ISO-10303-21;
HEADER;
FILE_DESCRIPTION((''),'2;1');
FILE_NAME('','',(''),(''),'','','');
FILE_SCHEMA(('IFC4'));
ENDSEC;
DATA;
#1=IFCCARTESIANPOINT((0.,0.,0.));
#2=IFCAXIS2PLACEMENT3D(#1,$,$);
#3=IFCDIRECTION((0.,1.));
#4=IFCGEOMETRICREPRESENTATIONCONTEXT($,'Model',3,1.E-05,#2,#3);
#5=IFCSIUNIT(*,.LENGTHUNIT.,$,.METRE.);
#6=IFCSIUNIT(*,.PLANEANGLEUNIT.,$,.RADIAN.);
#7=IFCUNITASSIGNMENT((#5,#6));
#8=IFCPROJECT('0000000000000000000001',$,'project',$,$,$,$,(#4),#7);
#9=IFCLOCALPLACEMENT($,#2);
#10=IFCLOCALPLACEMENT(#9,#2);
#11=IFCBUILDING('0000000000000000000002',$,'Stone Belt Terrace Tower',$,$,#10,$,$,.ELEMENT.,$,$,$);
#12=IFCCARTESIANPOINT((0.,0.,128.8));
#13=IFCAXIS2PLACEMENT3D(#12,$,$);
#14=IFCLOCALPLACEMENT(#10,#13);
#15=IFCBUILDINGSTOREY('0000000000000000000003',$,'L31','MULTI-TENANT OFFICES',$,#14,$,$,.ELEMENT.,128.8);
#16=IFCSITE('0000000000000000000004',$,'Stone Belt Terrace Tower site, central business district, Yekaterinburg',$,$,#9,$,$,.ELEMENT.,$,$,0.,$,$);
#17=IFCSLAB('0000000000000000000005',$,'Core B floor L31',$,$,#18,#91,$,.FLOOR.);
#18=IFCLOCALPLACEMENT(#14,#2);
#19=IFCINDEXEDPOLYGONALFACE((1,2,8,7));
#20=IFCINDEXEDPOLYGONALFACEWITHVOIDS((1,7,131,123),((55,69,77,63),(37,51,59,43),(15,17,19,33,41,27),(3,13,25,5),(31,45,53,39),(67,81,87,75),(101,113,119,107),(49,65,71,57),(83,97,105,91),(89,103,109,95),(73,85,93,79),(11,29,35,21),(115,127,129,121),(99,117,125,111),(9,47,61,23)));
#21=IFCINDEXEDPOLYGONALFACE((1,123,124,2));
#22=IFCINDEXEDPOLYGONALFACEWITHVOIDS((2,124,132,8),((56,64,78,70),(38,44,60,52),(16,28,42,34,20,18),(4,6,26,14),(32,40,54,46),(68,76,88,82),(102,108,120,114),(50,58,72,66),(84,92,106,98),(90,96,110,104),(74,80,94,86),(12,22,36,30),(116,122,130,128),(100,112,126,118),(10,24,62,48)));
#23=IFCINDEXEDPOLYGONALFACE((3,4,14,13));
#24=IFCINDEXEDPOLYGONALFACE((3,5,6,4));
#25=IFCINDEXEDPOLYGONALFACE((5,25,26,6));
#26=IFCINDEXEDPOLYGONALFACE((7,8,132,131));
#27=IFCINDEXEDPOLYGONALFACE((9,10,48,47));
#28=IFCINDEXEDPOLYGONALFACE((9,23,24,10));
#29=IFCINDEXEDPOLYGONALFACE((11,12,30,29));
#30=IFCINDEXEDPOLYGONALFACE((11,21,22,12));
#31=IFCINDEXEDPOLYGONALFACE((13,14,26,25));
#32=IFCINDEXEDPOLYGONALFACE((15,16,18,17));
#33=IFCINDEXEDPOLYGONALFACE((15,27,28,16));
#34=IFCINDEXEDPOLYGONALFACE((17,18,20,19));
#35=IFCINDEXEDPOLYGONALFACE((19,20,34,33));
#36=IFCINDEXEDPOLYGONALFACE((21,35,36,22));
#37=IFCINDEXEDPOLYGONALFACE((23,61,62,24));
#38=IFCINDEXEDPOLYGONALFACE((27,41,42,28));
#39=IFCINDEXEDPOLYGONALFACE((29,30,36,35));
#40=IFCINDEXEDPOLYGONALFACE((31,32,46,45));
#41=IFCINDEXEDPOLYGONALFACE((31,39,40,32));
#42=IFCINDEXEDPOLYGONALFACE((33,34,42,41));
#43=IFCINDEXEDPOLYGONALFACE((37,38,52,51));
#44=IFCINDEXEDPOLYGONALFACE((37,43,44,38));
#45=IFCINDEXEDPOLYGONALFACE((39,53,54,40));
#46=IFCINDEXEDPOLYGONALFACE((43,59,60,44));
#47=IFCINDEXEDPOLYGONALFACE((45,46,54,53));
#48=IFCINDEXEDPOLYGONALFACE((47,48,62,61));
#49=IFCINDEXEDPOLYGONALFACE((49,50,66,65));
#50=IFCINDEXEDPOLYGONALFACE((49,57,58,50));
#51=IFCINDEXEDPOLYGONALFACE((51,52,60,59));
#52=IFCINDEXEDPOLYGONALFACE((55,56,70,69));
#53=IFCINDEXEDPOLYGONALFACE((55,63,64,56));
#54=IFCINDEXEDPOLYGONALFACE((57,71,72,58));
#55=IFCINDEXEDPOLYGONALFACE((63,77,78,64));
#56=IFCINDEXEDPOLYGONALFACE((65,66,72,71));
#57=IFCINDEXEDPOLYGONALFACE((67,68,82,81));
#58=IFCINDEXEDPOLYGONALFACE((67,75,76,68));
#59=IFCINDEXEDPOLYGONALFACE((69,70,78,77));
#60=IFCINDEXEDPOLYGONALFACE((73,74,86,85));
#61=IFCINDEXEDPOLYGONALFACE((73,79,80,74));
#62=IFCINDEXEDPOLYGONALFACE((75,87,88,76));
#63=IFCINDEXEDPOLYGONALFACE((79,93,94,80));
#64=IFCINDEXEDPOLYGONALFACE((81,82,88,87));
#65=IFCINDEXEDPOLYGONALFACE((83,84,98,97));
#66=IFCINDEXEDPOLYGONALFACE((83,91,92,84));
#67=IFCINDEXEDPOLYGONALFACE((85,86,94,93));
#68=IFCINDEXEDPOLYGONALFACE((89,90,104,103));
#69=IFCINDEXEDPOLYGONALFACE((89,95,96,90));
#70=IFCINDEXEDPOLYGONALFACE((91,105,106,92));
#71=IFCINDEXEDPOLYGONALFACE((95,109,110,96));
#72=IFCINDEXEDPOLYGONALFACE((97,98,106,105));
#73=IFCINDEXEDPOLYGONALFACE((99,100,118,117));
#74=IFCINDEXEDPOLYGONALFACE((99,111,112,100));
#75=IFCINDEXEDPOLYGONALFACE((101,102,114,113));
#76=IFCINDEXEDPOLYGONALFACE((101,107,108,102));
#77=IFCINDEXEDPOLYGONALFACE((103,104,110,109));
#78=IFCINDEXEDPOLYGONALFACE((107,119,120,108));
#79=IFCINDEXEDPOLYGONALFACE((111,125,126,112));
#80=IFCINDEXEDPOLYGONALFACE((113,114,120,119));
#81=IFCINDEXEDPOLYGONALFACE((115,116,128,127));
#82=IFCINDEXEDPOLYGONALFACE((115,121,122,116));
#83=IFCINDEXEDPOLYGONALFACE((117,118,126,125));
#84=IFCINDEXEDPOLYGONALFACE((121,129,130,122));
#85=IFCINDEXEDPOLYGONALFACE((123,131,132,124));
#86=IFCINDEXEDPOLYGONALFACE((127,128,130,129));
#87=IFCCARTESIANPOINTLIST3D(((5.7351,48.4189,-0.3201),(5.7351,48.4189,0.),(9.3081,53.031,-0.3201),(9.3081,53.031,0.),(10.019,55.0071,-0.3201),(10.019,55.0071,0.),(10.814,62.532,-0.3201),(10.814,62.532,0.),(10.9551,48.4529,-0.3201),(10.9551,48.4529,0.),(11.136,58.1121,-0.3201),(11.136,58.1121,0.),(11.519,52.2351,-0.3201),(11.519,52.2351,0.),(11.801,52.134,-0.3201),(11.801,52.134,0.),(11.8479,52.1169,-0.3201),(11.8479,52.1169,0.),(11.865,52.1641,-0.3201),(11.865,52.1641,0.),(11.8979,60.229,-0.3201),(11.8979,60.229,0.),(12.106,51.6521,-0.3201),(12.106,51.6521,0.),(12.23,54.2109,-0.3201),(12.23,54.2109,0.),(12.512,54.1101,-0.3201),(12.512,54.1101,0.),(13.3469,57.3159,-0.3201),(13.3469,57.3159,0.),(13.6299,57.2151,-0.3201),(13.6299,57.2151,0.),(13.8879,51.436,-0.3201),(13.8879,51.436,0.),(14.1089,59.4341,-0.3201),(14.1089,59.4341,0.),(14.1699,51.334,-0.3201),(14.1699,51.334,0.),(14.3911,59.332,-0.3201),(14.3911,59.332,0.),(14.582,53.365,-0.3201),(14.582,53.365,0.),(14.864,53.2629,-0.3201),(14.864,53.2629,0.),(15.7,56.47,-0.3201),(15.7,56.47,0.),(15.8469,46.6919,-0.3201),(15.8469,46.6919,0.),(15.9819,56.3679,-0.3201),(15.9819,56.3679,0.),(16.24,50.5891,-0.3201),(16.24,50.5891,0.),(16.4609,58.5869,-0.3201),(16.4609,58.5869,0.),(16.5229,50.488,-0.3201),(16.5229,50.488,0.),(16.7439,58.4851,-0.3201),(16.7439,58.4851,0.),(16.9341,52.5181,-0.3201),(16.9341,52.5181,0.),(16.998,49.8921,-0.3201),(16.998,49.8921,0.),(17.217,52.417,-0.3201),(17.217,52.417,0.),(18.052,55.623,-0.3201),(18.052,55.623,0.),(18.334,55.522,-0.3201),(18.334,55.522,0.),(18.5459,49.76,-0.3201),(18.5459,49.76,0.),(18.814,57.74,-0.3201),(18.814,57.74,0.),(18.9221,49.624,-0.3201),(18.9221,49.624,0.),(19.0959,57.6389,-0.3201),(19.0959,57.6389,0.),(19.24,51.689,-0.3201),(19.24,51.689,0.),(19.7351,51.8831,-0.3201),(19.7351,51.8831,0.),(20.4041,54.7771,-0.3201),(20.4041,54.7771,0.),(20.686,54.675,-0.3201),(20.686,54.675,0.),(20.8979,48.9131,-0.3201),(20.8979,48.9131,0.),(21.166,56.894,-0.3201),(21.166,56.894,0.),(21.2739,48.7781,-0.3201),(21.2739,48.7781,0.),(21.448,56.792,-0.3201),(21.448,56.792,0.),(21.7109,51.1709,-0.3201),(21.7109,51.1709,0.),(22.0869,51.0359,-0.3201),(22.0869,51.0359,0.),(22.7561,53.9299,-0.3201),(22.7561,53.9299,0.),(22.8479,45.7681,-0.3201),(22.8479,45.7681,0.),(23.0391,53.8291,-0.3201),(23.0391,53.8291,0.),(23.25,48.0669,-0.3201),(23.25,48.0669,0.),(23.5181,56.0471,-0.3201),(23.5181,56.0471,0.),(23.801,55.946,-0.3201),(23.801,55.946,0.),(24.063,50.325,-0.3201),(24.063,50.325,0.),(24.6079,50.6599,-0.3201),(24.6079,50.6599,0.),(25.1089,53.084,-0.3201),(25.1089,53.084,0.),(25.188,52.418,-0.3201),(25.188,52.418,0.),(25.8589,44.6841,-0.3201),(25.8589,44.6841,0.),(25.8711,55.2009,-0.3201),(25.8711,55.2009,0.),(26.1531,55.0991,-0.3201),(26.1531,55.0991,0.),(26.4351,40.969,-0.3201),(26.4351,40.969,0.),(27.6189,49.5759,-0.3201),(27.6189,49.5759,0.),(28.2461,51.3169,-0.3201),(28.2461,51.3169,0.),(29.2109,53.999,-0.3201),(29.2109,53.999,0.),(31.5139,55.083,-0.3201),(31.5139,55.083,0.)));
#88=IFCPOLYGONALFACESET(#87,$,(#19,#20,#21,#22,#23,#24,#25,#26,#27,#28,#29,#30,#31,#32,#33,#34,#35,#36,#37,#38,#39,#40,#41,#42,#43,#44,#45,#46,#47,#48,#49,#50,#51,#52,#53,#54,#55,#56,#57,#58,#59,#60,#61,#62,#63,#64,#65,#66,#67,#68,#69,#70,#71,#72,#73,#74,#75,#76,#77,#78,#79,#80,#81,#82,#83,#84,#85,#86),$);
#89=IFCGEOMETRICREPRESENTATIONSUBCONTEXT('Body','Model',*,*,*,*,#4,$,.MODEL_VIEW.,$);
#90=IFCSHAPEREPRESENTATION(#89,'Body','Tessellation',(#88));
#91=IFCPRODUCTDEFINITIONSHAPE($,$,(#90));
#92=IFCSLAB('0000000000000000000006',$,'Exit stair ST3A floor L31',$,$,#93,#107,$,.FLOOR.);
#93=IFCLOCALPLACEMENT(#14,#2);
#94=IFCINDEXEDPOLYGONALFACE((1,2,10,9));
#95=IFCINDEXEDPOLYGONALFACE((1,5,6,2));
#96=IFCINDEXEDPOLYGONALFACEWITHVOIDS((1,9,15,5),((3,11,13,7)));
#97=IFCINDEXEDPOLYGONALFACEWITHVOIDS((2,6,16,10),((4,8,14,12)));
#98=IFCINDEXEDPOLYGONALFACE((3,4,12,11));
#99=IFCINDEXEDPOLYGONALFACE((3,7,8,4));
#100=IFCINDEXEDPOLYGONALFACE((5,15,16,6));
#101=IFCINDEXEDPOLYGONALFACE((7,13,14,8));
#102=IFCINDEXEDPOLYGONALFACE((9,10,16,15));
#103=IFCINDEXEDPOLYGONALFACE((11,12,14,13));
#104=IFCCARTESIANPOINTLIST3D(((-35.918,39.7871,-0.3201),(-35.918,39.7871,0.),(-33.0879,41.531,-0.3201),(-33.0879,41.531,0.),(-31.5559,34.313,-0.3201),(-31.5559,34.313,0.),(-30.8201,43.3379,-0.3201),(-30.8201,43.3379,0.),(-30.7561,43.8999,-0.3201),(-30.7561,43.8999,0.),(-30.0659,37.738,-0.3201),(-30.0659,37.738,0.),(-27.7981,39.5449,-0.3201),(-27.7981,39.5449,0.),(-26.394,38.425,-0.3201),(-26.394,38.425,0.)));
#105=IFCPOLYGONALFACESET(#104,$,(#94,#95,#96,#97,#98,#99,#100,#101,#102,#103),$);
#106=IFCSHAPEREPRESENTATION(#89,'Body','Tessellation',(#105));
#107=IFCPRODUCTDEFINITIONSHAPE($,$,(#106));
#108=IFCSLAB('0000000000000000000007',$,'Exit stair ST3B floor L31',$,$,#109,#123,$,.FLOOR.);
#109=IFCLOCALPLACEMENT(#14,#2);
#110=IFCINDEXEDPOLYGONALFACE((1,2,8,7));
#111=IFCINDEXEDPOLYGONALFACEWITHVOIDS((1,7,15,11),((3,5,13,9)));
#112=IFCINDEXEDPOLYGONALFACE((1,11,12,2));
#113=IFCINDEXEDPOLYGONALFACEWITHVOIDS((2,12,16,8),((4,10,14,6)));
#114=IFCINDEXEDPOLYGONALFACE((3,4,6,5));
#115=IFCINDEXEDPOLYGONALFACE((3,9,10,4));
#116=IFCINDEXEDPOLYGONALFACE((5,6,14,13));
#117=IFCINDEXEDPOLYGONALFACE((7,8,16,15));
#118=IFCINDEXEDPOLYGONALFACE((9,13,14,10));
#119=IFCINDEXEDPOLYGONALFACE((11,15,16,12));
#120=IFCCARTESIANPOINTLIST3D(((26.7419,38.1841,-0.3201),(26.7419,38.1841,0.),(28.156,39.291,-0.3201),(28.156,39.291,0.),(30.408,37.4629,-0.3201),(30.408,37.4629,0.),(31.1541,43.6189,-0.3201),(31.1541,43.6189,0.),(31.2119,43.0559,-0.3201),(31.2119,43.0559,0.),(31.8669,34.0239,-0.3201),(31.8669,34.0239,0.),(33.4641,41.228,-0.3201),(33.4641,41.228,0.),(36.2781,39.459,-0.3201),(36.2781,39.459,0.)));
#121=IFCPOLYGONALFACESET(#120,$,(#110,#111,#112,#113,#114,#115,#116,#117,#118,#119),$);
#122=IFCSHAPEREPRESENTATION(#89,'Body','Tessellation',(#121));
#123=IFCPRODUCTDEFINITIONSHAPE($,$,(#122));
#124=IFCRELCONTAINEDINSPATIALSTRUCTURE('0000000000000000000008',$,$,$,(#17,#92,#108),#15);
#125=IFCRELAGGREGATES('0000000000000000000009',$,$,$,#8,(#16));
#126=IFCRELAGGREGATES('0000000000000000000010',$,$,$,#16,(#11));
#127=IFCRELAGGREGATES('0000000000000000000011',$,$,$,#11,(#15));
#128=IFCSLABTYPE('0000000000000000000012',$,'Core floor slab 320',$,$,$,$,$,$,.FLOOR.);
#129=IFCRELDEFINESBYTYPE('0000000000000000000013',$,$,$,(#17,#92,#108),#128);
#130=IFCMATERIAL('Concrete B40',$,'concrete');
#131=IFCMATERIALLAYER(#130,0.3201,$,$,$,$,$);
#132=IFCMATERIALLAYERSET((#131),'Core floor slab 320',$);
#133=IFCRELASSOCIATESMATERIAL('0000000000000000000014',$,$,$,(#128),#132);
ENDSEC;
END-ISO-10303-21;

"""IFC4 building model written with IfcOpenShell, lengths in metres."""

from ifc_helpers import new_model, si_unit, direction, frame, origin, place, context, subcontext, project, spatial, polyline, outline, extrude, material, layer, layer_set, type_object, element, save


model = new_model("IFC4")

# Units and contexts
model_context = context("Model", 3, precision=1e-05, world=origin(), true_north=direction((0.0, 1.0)))
body_context = subcontext(model_context, "Body", "Model", "MODEL_VIEW")
ifc_project = project(units=[si_unit("LENGTHUNIT", "METRE"), si_unit("PLANEANGLEUNIT", "RADIAN")], contexts=[model_context])

# Site, building, storey
site_placement = place(None, origin())
site = spatial("IfcSite", under=ifc_project, at=site_placement, Name="Stone Belt Terrace Tower site, central business district, Yekaterinburg", CompositionType="ELEMENT", RefElevation=0.0)
building_placement = place(site_placement, origin())
building = spatial("IfcBuilding", under=site, at=building_placement, Name="Stone Belt Terrace Tower", CompositionType="ELEMENT")
storey_placement = place(building_placement, frame((0.0, 0.0, 128.8)))
storey = spatial("IfcBuildingStorey", under=building, at=storey_placement, Name="L31", Description="MULTI-TENANT OFFICES", CompositionType="ELEMENT", Elevation=128.8)

# Slabs
ifc_material_1 = material(Name="Concrete B40", Category="concrete")
ifc_layer_1 = layer(ifc_material_1, 0.3201)
ifc_layer_set_1 = layer_set([ifc_layer_1], Name="Core floor slab 320")
slab_type_1 = type_object("IfcSlabType", Name="Core floor slab 320", PredefinedType="FLOOR", material=ifc_layer_set_1)
slab_1_placement = place(storey_placement, frame((0.0, 0.0, -0.3201)))
element("IfcSlab", 1, at=slab_1_placement, inside=storey, type_object=slab_type_1, Name="Core B floor L31", PredefinedType="FLOOR", context=body_context, shape_type="SweptSolid", body=[
    extrude(outline(polyline([(26.4351, 40.969), (31.5139, 55.083), (10.814, 62.532), (5.7351, 48.4189), (26.4351, 40.969)]), holes=[polyline([(12.106, 51.6521), (16.998, 49.8921), (15.8469, 46.6919), (10.9551, 48.4529), (12.106, 51.6521)]), polyline([(19.24, 51.689), (18.5459, 49.76), (16.5229, 50.488), (17.217, 52.417), (19.24, 51.689)]), polyline([(16.24, 50.5891), (14.1699, 51.334), (14.864, 53.2629), (16.9341, 52.5181), (16.24, 50.5891)]), polyline([(14.582, 53.365), (13.8879, 51.436), (11.865, 52.1641), (11.8479, 52.1169), (11.801, 52.134), (12.512, 54.1101), (14.582, 53.365)]), polyline([(9.3081, 53.031), (10.019, 55.0071), (12.23, 54.2109), (11.519, 52.2351), (9.3081, 53.031)]), polyline([(16.7439, 58.4851), (18.814, 57.74), (18.052, 55.623), (15.9819, 56.3679), (16.7439, 58.4851)]), polyline([(14.3911, 59.332), (16.4609, 58.5869), (15.7, 56.47), (13.6299, 57.2151), (14.3911, 59.332)]), polyline([(11.8979, 60.229), (14.1089, 59.4341), (13.3469, 57.3159), (11.136, 58.1121), (11.8979, 60.229)]), polyline([(25.8589, 44.6841), (22.8479, 45.7681), (24.6079, 50.6599), (27.6189, 49.5759), (25.8589, 44.6841)]), polyline([(21.2739, 48.7781), (22.0869, 51.0359), (24.063, 50.325), (23.25, 48.0669), (21.2739, 48.7781)]), polyline([(18.9221, 49.624), (19.7351, 51.8831), (21.7109, 51.1709), (20.8979, 48.9131), (18.9221, 49.624)]), polyline([(29.2109, 53.999), (28.2461, 51.3169), (25.188, 52.418), (26.1531, 55.0991), (29.2109, 53.999)]), polyline([(23.801, 55.946), (25.8711, 55.2009), (25.1089, 53.084), (23.0391, 53.8291), (23.801, 55.946)]), polyline([(21.448, 56.792), (23.5181, 56.0471), (22.7561, 53.9299), (20.686, 54.675), (21.448, 56.792)]), polyline([(19.0959, 57.6389), (21.166, 56.894), (20.4041, 54.7771), (18.334, 55.522), (19.0959, 57.6389)])]), origin(), (0.0, 0.0, 1.0), 0.3201),
])
slab_2_placement = place(storey_placement, frame((0.0, 0.0, -0.3201)))
element("IfcSlab", 2, at=slab_2_placement, inside=storey, type_object=slab_type_1, Name="Exit stair ST3A floor L31", PredefinedType="FLOOR", context=body_context, shape_type="SweptSolid", body=[
    extrude(outline(polyline([(-26.394, 38.425), (-30.7561, 43.8999), (-35.918, 39.7871), (-31.5559, 34.313), (-26.394, 38.425)]), holes=[polyline([(-27.7981, 39.5449), (-30.0659, 37.738), (-33.0879, 41.531), (-30.8201, 43.3379), (-27.7981, 39.5449)])]), origin(), (0.0, 0.0, 1.0), 0.3201),
])
slab_3_placement = place(storey_placement, frame((0.0, 0.0, -0.3201)))
element("IfcSlab", 3, at=slab_3_placement, inside=storey, type_object=slab_type_1, Name="Exit stair ST3B floor L31", PredefinedType="FLOOR", context=body_context, shape_type="SweptSolid", body=[
    extrude(outline(polyline([(26.7419, 38.1841), (31.8669, 34.0239), (36.2781, 39.459), (31.1541, 43.6189), (26.7419, 38.1841)]), holes=[polyline([(30.408, 37.4629), (28.156, 39.291), (31.2119, 43.0559), (33.4641, 41.228), (30.408, 37.4629)])]), origin(), (0.0, 0.0, 1.0), 0.3201),
])

save(model, "model.ifc")
